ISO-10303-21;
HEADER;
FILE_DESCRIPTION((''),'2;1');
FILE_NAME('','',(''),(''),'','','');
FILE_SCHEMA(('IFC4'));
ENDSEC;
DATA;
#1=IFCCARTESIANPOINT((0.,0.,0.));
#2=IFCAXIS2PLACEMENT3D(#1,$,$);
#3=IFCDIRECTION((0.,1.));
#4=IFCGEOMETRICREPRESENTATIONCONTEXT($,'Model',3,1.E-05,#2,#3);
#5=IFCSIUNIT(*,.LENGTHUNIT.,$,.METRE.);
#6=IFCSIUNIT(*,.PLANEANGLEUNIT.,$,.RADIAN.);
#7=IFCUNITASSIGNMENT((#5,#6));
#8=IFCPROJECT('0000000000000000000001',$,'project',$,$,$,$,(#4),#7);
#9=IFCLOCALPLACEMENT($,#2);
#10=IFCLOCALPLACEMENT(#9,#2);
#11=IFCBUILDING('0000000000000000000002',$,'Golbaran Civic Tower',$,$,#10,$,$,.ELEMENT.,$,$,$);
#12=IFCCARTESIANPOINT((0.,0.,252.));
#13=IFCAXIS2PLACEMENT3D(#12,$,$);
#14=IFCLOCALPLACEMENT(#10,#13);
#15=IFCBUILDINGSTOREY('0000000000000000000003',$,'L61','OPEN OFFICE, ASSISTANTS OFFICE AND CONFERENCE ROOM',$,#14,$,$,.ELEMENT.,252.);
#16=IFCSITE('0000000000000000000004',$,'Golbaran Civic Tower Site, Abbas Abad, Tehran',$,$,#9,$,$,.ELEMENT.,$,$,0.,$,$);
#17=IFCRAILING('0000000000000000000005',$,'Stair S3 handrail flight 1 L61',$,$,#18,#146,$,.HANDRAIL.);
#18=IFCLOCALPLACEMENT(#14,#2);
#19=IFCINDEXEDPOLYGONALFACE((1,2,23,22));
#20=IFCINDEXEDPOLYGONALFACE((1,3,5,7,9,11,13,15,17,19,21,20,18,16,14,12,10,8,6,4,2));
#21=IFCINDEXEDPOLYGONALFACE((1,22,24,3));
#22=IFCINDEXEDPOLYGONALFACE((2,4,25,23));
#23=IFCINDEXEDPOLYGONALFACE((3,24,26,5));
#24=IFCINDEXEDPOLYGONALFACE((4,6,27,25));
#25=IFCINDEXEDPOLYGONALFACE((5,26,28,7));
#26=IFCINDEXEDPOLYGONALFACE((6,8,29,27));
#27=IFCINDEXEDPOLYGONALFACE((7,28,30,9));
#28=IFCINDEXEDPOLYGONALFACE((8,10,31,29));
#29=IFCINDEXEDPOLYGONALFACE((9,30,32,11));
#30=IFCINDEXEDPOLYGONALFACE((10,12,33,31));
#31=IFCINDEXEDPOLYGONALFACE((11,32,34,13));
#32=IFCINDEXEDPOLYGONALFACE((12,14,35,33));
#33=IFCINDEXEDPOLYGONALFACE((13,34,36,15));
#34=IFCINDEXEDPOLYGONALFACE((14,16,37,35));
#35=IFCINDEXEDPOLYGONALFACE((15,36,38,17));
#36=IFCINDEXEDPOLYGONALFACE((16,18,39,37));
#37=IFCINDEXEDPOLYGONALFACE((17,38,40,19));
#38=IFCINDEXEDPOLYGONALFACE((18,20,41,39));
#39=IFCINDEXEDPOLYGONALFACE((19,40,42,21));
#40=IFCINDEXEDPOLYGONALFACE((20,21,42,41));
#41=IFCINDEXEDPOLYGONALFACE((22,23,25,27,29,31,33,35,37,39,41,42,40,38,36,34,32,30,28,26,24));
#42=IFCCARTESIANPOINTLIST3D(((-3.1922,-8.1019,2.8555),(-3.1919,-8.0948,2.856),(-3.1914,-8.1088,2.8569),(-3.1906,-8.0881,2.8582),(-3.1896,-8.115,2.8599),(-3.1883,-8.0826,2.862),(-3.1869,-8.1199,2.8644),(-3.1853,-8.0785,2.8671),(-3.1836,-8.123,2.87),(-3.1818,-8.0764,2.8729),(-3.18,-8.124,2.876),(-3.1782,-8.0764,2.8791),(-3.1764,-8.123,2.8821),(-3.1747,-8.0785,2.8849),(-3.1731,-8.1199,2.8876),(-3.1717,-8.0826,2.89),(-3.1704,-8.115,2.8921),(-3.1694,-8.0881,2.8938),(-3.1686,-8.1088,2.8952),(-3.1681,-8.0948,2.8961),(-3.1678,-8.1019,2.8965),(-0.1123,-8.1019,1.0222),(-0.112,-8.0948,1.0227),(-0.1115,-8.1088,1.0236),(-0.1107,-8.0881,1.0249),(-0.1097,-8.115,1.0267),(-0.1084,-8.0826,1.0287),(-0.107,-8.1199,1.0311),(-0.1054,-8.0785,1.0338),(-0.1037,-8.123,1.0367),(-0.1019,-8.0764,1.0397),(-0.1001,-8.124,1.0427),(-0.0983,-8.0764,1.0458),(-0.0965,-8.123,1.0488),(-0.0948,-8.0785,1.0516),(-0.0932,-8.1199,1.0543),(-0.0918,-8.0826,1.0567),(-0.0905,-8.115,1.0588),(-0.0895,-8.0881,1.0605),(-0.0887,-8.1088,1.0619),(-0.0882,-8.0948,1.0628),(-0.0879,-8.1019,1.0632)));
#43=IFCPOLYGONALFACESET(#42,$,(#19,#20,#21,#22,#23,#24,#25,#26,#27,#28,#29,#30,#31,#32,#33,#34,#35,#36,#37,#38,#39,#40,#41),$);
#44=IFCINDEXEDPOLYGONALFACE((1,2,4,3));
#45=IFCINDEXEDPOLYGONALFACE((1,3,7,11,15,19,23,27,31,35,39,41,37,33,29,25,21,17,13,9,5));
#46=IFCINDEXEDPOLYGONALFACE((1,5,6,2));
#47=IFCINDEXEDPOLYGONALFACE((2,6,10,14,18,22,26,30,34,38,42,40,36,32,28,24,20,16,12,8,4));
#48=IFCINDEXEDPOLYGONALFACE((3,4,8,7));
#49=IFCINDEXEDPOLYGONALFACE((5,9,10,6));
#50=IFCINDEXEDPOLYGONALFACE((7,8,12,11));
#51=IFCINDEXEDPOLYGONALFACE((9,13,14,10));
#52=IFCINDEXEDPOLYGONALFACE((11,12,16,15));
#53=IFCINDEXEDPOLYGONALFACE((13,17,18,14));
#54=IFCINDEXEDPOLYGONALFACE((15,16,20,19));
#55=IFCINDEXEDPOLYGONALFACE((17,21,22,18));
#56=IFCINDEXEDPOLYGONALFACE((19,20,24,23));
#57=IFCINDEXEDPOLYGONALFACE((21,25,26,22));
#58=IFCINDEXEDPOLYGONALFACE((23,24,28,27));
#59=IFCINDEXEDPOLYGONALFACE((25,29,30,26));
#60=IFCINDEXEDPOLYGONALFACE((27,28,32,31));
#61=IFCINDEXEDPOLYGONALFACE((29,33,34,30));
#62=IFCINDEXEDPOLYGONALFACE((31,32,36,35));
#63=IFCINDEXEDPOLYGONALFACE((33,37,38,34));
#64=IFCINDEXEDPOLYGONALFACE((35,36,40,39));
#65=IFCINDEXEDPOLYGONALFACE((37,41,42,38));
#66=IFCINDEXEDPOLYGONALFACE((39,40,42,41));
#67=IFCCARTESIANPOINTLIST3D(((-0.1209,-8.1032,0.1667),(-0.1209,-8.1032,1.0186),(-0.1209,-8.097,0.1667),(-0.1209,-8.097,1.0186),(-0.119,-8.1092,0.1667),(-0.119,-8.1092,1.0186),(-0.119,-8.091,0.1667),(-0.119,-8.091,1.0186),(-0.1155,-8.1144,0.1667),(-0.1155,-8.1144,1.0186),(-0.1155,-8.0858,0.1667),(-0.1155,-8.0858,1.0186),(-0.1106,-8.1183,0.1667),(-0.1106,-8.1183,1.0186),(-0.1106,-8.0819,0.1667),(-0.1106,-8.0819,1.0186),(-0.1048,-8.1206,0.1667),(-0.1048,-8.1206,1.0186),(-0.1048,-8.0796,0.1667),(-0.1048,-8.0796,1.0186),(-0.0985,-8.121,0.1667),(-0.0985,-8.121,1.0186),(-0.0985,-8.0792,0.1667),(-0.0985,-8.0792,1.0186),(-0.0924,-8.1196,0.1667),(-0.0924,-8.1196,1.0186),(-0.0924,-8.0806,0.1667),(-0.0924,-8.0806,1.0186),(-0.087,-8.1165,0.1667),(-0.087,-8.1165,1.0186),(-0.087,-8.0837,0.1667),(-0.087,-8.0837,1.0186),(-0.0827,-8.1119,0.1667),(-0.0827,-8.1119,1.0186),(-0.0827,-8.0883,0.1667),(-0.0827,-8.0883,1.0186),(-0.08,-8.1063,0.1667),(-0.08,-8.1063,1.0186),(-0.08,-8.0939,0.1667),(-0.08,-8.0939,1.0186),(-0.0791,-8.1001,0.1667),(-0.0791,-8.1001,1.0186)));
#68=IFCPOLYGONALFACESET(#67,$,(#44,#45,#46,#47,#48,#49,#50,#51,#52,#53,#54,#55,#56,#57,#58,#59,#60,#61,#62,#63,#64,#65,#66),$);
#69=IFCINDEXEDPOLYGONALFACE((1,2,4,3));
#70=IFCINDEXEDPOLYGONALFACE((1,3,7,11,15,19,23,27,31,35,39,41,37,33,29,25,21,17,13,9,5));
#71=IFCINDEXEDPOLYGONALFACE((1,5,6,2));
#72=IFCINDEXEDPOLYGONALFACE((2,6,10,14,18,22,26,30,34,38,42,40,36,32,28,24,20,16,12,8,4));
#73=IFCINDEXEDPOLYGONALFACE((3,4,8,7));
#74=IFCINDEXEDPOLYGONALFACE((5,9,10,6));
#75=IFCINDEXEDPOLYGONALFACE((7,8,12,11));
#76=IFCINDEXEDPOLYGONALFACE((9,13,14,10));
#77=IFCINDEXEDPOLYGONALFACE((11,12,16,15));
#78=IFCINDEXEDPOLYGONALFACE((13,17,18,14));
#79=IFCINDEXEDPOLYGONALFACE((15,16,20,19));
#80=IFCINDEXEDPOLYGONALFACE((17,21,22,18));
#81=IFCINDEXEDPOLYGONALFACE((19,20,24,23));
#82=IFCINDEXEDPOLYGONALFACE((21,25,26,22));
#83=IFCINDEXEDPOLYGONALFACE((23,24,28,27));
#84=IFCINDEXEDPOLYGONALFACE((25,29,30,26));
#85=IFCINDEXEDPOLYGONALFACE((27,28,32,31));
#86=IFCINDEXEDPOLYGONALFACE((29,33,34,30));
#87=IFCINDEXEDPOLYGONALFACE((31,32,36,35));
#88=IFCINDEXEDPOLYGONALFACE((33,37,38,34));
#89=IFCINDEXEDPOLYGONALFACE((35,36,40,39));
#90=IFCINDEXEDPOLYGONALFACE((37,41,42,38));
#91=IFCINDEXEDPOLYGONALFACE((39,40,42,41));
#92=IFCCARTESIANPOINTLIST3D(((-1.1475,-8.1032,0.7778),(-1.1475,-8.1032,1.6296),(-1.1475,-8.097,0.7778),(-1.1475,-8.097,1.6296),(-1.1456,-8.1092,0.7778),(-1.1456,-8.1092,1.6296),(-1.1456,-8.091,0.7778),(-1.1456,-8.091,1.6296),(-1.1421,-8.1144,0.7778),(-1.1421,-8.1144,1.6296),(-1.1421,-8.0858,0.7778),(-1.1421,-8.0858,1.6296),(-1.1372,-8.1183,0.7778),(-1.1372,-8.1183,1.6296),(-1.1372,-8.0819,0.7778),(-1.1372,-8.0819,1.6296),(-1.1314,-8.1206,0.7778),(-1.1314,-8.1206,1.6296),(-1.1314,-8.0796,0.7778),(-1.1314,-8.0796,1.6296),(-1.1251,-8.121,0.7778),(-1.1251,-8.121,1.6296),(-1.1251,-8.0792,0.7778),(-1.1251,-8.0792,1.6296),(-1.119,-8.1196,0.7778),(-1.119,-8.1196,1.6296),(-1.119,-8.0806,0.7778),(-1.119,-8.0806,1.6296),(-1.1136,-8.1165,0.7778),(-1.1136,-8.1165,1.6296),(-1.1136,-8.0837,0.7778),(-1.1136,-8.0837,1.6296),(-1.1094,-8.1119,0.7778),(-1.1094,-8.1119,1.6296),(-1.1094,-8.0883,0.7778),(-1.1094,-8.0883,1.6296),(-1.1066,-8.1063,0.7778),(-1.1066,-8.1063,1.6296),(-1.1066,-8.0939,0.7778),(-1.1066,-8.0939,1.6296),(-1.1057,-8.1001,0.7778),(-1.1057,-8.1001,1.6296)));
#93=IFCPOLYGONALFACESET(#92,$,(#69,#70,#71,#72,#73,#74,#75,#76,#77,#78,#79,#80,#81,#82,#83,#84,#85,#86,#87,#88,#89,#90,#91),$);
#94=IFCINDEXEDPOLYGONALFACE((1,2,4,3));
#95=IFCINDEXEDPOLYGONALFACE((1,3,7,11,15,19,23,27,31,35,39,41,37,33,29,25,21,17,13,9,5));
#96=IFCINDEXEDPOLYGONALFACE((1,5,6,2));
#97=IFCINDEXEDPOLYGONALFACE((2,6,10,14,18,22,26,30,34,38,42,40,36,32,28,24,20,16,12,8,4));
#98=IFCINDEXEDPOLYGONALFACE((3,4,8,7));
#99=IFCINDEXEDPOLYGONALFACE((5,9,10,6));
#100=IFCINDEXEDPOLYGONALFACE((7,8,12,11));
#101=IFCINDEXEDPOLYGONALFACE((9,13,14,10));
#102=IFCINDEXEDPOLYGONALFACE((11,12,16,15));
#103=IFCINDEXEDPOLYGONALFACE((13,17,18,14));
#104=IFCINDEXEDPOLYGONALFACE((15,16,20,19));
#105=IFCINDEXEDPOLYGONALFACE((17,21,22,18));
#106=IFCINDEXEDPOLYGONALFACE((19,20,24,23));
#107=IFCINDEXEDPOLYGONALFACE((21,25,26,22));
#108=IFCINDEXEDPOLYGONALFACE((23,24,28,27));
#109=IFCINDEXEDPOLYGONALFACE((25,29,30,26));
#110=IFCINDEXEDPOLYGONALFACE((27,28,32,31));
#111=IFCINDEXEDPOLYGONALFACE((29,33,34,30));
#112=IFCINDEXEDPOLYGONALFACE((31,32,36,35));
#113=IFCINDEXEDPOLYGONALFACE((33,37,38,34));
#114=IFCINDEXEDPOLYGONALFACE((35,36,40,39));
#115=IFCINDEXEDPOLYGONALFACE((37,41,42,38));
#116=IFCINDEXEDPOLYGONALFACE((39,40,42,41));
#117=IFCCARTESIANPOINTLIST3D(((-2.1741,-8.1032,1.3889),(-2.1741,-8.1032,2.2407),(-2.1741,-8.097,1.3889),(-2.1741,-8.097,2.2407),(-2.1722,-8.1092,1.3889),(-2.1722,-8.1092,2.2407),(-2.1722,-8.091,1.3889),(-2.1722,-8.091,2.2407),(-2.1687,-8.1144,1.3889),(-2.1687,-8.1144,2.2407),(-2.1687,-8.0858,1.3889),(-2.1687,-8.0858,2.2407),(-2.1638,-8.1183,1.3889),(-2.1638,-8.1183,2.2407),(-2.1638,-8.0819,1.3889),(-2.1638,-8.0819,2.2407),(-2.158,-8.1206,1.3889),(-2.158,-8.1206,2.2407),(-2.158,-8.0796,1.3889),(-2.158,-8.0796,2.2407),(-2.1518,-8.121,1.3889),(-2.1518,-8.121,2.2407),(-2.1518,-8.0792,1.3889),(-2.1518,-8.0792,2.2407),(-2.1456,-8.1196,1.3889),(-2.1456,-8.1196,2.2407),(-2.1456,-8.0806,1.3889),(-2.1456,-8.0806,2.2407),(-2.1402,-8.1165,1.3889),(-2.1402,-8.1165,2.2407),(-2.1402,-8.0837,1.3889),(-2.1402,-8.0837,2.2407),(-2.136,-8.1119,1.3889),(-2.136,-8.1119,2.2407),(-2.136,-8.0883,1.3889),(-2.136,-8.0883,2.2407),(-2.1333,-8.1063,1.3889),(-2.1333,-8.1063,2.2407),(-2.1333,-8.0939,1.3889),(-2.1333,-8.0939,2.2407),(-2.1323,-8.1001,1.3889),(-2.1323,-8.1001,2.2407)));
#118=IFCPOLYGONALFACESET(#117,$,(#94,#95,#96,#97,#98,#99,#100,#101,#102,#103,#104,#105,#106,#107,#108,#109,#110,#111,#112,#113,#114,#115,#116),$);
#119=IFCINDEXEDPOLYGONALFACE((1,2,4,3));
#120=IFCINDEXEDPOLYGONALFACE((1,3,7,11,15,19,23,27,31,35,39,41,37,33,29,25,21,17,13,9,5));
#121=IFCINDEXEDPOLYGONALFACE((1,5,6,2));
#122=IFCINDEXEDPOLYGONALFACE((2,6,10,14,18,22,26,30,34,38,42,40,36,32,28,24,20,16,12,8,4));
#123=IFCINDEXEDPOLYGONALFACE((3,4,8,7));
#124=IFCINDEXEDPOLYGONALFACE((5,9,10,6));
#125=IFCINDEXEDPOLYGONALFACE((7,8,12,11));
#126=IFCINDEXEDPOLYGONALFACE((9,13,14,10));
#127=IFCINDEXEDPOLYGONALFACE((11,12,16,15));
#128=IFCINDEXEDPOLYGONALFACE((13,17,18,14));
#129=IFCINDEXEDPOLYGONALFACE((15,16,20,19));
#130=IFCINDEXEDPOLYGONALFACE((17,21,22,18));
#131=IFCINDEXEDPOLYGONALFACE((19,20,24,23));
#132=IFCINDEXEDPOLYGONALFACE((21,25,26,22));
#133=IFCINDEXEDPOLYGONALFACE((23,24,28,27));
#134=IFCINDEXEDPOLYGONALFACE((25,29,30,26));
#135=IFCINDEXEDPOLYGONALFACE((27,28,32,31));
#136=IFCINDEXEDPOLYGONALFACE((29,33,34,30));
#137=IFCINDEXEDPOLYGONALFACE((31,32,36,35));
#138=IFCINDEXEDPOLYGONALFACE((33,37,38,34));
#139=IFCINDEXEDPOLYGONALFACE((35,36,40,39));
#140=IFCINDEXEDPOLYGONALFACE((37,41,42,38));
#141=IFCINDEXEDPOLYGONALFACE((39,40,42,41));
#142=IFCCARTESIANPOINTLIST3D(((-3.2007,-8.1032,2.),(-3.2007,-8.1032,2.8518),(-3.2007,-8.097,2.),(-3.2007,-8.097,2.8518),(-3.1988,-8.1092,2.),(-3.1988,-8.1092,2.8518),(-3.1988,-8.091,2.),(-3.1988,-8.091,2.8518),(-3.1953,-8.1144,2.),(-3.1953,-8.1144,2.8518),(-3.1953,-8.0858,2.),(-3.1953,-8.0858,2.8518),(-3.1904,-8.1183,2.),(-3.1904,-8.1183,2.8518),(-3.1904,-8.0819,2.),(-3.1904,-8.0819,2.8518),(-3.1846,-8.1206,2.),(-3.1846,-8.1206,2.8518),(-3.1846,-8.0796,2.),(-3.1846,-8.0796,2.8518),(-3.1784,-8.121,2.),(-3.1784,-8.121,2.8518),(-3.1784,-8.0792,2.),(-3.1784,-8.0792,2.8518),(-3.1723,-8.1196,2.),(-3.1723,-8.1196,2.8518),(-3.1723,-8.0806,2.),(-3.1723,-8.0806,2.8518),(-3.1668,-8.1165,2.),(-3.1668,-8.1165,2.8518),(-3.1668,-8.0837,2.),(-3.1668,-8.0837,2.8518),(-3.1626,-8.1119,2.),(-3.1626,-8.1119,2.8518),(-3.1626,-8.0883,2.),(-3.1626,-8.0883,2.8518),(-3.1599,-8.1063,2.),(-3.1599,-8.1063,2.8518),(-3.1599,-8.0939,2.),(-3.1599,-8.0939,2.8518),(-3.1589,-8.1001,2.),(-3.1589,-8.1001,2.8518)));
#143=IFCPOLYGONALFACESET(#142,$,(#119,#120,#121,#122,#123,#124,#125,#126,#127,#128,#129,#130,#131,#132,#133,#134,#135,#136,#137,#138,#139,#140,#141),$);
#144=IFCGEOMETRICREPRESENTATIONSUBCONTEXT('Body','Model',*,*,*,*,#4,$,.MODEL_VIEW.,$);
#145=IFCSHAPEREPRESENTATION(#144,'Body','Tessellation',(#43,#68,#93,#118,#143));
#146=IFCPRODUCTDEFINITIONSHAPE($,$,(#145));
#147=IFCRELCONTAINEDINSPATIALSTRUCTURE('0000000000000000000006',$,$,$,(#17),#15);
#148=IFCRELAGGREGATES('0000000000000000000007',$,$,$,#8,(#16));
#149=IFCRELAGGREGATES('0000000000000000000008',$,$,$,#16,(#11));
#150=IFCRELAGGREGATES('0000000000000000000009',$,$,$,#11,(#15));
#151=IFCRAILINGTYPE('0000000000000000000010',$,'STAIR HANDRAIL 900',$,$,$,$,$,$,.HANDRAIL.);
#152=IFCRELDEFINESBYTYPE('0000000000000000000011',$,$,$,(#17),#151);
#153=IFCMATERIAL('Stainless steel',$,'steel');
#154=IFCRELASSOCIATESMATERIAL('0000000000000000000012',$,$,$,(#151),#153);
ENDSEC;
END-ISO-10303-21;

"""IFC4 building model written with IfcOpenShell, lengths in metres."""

from ifc_helpers import new_model, si_unit, direction, frame, origin, origin_2d, place, context, subcontext, project, spatial, circle, extrude, material, type_object, element, save


model = new_model("IFC4")

# Units and contexts
model_context = context("Model", 3, precision=1e-05, world=origin(), true_north=direction((0.0, 1.0)))
body_context = subcontext(model_context, "Body", "Model", "MODEL_VIEW")
ifc_project = project(units=[si_unit("LENGTHUNIT", "METRE"), si_unit("PLANEANGLEUNIT", "RADIAN")], contexts=[model_context])

# Site, building, storey
site_placement = place(None, origin())
site = spatial("IfcSite", under=ifc_project, at=site_placement, Name="Golbaran Civic Tower Site, Abbas Abad, Tehran", CompositionType="ELEMENT", RefElevation=0.0)
building_placement = place(site_placement, origin())
building = spatial("IfcBuilding", under=site, at=building_placement, Name="Golbaran Civic Tower", CompositionType="ELEMENT")
storey_placement = place(building_placement, frame((0.0, 0.0, 252.0)))
storey = spatial("IfcBuildingStorey", under=building, at=storey_placement, Name="L61", Description="OPEN OFFICE, ASSISTANTS OFFICE AND CONFERENCE ROOM", CompositionType="ELEMENT", Elevation=252.0)

# Shared definitions
ifc_material_1 = material(Name="Stainless steel", Category="steel")

# Railing
railing_type = type_object("IfcRailingType", Name="STAIR HANDRAIL 900", PredefinedType="HANDRAIL", material=ifc_material_1)
railing_1_placement = place(storey_placement, frame((-0.1001, -8.1001, 0.1667)))
element("IfcRailing", 1, at=railing_1_placement, inside=storey, type_object=railing_type, Name="Stair S3 handrail flight 1 L61", PredefinedType="HANDRAIL", context=body_context, shape_type="SweptSolid", body=[
    extrude(circle(Radius=0.0239, at=origin_2d()), frame((0.0, 0.0, 0.876), z_axis=(-0.859291, 0.0, 0.511487), x_axis=(0.0, -1.0, 0.0)), (0.0, 0.0, 1.0), 3.5842),
    extrude(circle(Radius=0.021, at=origin_2d()), origin(), (0.0, 0.0, 1.0), 0.8518),
    extrude(circle(Radius=0.021, at=origin_2d()), frame((-1.0266, 0.0, 0.6111)), (0.0, 0.0, 1.0), 0.8518),
    extrude(circle(Radius=0.021, at=origin_2d()), frame((-2.0532, 0.0, 1.2222)), (0.0, 0.0, 1.0), 0.8518),
    extrude(circle(Radius=0.021, at=origin_2d()), frame((-3.0798, 0.0, 1.8333)), (0.0, 0.0, 1.0), 0.8518),
])

save(model, "model.ifc")
